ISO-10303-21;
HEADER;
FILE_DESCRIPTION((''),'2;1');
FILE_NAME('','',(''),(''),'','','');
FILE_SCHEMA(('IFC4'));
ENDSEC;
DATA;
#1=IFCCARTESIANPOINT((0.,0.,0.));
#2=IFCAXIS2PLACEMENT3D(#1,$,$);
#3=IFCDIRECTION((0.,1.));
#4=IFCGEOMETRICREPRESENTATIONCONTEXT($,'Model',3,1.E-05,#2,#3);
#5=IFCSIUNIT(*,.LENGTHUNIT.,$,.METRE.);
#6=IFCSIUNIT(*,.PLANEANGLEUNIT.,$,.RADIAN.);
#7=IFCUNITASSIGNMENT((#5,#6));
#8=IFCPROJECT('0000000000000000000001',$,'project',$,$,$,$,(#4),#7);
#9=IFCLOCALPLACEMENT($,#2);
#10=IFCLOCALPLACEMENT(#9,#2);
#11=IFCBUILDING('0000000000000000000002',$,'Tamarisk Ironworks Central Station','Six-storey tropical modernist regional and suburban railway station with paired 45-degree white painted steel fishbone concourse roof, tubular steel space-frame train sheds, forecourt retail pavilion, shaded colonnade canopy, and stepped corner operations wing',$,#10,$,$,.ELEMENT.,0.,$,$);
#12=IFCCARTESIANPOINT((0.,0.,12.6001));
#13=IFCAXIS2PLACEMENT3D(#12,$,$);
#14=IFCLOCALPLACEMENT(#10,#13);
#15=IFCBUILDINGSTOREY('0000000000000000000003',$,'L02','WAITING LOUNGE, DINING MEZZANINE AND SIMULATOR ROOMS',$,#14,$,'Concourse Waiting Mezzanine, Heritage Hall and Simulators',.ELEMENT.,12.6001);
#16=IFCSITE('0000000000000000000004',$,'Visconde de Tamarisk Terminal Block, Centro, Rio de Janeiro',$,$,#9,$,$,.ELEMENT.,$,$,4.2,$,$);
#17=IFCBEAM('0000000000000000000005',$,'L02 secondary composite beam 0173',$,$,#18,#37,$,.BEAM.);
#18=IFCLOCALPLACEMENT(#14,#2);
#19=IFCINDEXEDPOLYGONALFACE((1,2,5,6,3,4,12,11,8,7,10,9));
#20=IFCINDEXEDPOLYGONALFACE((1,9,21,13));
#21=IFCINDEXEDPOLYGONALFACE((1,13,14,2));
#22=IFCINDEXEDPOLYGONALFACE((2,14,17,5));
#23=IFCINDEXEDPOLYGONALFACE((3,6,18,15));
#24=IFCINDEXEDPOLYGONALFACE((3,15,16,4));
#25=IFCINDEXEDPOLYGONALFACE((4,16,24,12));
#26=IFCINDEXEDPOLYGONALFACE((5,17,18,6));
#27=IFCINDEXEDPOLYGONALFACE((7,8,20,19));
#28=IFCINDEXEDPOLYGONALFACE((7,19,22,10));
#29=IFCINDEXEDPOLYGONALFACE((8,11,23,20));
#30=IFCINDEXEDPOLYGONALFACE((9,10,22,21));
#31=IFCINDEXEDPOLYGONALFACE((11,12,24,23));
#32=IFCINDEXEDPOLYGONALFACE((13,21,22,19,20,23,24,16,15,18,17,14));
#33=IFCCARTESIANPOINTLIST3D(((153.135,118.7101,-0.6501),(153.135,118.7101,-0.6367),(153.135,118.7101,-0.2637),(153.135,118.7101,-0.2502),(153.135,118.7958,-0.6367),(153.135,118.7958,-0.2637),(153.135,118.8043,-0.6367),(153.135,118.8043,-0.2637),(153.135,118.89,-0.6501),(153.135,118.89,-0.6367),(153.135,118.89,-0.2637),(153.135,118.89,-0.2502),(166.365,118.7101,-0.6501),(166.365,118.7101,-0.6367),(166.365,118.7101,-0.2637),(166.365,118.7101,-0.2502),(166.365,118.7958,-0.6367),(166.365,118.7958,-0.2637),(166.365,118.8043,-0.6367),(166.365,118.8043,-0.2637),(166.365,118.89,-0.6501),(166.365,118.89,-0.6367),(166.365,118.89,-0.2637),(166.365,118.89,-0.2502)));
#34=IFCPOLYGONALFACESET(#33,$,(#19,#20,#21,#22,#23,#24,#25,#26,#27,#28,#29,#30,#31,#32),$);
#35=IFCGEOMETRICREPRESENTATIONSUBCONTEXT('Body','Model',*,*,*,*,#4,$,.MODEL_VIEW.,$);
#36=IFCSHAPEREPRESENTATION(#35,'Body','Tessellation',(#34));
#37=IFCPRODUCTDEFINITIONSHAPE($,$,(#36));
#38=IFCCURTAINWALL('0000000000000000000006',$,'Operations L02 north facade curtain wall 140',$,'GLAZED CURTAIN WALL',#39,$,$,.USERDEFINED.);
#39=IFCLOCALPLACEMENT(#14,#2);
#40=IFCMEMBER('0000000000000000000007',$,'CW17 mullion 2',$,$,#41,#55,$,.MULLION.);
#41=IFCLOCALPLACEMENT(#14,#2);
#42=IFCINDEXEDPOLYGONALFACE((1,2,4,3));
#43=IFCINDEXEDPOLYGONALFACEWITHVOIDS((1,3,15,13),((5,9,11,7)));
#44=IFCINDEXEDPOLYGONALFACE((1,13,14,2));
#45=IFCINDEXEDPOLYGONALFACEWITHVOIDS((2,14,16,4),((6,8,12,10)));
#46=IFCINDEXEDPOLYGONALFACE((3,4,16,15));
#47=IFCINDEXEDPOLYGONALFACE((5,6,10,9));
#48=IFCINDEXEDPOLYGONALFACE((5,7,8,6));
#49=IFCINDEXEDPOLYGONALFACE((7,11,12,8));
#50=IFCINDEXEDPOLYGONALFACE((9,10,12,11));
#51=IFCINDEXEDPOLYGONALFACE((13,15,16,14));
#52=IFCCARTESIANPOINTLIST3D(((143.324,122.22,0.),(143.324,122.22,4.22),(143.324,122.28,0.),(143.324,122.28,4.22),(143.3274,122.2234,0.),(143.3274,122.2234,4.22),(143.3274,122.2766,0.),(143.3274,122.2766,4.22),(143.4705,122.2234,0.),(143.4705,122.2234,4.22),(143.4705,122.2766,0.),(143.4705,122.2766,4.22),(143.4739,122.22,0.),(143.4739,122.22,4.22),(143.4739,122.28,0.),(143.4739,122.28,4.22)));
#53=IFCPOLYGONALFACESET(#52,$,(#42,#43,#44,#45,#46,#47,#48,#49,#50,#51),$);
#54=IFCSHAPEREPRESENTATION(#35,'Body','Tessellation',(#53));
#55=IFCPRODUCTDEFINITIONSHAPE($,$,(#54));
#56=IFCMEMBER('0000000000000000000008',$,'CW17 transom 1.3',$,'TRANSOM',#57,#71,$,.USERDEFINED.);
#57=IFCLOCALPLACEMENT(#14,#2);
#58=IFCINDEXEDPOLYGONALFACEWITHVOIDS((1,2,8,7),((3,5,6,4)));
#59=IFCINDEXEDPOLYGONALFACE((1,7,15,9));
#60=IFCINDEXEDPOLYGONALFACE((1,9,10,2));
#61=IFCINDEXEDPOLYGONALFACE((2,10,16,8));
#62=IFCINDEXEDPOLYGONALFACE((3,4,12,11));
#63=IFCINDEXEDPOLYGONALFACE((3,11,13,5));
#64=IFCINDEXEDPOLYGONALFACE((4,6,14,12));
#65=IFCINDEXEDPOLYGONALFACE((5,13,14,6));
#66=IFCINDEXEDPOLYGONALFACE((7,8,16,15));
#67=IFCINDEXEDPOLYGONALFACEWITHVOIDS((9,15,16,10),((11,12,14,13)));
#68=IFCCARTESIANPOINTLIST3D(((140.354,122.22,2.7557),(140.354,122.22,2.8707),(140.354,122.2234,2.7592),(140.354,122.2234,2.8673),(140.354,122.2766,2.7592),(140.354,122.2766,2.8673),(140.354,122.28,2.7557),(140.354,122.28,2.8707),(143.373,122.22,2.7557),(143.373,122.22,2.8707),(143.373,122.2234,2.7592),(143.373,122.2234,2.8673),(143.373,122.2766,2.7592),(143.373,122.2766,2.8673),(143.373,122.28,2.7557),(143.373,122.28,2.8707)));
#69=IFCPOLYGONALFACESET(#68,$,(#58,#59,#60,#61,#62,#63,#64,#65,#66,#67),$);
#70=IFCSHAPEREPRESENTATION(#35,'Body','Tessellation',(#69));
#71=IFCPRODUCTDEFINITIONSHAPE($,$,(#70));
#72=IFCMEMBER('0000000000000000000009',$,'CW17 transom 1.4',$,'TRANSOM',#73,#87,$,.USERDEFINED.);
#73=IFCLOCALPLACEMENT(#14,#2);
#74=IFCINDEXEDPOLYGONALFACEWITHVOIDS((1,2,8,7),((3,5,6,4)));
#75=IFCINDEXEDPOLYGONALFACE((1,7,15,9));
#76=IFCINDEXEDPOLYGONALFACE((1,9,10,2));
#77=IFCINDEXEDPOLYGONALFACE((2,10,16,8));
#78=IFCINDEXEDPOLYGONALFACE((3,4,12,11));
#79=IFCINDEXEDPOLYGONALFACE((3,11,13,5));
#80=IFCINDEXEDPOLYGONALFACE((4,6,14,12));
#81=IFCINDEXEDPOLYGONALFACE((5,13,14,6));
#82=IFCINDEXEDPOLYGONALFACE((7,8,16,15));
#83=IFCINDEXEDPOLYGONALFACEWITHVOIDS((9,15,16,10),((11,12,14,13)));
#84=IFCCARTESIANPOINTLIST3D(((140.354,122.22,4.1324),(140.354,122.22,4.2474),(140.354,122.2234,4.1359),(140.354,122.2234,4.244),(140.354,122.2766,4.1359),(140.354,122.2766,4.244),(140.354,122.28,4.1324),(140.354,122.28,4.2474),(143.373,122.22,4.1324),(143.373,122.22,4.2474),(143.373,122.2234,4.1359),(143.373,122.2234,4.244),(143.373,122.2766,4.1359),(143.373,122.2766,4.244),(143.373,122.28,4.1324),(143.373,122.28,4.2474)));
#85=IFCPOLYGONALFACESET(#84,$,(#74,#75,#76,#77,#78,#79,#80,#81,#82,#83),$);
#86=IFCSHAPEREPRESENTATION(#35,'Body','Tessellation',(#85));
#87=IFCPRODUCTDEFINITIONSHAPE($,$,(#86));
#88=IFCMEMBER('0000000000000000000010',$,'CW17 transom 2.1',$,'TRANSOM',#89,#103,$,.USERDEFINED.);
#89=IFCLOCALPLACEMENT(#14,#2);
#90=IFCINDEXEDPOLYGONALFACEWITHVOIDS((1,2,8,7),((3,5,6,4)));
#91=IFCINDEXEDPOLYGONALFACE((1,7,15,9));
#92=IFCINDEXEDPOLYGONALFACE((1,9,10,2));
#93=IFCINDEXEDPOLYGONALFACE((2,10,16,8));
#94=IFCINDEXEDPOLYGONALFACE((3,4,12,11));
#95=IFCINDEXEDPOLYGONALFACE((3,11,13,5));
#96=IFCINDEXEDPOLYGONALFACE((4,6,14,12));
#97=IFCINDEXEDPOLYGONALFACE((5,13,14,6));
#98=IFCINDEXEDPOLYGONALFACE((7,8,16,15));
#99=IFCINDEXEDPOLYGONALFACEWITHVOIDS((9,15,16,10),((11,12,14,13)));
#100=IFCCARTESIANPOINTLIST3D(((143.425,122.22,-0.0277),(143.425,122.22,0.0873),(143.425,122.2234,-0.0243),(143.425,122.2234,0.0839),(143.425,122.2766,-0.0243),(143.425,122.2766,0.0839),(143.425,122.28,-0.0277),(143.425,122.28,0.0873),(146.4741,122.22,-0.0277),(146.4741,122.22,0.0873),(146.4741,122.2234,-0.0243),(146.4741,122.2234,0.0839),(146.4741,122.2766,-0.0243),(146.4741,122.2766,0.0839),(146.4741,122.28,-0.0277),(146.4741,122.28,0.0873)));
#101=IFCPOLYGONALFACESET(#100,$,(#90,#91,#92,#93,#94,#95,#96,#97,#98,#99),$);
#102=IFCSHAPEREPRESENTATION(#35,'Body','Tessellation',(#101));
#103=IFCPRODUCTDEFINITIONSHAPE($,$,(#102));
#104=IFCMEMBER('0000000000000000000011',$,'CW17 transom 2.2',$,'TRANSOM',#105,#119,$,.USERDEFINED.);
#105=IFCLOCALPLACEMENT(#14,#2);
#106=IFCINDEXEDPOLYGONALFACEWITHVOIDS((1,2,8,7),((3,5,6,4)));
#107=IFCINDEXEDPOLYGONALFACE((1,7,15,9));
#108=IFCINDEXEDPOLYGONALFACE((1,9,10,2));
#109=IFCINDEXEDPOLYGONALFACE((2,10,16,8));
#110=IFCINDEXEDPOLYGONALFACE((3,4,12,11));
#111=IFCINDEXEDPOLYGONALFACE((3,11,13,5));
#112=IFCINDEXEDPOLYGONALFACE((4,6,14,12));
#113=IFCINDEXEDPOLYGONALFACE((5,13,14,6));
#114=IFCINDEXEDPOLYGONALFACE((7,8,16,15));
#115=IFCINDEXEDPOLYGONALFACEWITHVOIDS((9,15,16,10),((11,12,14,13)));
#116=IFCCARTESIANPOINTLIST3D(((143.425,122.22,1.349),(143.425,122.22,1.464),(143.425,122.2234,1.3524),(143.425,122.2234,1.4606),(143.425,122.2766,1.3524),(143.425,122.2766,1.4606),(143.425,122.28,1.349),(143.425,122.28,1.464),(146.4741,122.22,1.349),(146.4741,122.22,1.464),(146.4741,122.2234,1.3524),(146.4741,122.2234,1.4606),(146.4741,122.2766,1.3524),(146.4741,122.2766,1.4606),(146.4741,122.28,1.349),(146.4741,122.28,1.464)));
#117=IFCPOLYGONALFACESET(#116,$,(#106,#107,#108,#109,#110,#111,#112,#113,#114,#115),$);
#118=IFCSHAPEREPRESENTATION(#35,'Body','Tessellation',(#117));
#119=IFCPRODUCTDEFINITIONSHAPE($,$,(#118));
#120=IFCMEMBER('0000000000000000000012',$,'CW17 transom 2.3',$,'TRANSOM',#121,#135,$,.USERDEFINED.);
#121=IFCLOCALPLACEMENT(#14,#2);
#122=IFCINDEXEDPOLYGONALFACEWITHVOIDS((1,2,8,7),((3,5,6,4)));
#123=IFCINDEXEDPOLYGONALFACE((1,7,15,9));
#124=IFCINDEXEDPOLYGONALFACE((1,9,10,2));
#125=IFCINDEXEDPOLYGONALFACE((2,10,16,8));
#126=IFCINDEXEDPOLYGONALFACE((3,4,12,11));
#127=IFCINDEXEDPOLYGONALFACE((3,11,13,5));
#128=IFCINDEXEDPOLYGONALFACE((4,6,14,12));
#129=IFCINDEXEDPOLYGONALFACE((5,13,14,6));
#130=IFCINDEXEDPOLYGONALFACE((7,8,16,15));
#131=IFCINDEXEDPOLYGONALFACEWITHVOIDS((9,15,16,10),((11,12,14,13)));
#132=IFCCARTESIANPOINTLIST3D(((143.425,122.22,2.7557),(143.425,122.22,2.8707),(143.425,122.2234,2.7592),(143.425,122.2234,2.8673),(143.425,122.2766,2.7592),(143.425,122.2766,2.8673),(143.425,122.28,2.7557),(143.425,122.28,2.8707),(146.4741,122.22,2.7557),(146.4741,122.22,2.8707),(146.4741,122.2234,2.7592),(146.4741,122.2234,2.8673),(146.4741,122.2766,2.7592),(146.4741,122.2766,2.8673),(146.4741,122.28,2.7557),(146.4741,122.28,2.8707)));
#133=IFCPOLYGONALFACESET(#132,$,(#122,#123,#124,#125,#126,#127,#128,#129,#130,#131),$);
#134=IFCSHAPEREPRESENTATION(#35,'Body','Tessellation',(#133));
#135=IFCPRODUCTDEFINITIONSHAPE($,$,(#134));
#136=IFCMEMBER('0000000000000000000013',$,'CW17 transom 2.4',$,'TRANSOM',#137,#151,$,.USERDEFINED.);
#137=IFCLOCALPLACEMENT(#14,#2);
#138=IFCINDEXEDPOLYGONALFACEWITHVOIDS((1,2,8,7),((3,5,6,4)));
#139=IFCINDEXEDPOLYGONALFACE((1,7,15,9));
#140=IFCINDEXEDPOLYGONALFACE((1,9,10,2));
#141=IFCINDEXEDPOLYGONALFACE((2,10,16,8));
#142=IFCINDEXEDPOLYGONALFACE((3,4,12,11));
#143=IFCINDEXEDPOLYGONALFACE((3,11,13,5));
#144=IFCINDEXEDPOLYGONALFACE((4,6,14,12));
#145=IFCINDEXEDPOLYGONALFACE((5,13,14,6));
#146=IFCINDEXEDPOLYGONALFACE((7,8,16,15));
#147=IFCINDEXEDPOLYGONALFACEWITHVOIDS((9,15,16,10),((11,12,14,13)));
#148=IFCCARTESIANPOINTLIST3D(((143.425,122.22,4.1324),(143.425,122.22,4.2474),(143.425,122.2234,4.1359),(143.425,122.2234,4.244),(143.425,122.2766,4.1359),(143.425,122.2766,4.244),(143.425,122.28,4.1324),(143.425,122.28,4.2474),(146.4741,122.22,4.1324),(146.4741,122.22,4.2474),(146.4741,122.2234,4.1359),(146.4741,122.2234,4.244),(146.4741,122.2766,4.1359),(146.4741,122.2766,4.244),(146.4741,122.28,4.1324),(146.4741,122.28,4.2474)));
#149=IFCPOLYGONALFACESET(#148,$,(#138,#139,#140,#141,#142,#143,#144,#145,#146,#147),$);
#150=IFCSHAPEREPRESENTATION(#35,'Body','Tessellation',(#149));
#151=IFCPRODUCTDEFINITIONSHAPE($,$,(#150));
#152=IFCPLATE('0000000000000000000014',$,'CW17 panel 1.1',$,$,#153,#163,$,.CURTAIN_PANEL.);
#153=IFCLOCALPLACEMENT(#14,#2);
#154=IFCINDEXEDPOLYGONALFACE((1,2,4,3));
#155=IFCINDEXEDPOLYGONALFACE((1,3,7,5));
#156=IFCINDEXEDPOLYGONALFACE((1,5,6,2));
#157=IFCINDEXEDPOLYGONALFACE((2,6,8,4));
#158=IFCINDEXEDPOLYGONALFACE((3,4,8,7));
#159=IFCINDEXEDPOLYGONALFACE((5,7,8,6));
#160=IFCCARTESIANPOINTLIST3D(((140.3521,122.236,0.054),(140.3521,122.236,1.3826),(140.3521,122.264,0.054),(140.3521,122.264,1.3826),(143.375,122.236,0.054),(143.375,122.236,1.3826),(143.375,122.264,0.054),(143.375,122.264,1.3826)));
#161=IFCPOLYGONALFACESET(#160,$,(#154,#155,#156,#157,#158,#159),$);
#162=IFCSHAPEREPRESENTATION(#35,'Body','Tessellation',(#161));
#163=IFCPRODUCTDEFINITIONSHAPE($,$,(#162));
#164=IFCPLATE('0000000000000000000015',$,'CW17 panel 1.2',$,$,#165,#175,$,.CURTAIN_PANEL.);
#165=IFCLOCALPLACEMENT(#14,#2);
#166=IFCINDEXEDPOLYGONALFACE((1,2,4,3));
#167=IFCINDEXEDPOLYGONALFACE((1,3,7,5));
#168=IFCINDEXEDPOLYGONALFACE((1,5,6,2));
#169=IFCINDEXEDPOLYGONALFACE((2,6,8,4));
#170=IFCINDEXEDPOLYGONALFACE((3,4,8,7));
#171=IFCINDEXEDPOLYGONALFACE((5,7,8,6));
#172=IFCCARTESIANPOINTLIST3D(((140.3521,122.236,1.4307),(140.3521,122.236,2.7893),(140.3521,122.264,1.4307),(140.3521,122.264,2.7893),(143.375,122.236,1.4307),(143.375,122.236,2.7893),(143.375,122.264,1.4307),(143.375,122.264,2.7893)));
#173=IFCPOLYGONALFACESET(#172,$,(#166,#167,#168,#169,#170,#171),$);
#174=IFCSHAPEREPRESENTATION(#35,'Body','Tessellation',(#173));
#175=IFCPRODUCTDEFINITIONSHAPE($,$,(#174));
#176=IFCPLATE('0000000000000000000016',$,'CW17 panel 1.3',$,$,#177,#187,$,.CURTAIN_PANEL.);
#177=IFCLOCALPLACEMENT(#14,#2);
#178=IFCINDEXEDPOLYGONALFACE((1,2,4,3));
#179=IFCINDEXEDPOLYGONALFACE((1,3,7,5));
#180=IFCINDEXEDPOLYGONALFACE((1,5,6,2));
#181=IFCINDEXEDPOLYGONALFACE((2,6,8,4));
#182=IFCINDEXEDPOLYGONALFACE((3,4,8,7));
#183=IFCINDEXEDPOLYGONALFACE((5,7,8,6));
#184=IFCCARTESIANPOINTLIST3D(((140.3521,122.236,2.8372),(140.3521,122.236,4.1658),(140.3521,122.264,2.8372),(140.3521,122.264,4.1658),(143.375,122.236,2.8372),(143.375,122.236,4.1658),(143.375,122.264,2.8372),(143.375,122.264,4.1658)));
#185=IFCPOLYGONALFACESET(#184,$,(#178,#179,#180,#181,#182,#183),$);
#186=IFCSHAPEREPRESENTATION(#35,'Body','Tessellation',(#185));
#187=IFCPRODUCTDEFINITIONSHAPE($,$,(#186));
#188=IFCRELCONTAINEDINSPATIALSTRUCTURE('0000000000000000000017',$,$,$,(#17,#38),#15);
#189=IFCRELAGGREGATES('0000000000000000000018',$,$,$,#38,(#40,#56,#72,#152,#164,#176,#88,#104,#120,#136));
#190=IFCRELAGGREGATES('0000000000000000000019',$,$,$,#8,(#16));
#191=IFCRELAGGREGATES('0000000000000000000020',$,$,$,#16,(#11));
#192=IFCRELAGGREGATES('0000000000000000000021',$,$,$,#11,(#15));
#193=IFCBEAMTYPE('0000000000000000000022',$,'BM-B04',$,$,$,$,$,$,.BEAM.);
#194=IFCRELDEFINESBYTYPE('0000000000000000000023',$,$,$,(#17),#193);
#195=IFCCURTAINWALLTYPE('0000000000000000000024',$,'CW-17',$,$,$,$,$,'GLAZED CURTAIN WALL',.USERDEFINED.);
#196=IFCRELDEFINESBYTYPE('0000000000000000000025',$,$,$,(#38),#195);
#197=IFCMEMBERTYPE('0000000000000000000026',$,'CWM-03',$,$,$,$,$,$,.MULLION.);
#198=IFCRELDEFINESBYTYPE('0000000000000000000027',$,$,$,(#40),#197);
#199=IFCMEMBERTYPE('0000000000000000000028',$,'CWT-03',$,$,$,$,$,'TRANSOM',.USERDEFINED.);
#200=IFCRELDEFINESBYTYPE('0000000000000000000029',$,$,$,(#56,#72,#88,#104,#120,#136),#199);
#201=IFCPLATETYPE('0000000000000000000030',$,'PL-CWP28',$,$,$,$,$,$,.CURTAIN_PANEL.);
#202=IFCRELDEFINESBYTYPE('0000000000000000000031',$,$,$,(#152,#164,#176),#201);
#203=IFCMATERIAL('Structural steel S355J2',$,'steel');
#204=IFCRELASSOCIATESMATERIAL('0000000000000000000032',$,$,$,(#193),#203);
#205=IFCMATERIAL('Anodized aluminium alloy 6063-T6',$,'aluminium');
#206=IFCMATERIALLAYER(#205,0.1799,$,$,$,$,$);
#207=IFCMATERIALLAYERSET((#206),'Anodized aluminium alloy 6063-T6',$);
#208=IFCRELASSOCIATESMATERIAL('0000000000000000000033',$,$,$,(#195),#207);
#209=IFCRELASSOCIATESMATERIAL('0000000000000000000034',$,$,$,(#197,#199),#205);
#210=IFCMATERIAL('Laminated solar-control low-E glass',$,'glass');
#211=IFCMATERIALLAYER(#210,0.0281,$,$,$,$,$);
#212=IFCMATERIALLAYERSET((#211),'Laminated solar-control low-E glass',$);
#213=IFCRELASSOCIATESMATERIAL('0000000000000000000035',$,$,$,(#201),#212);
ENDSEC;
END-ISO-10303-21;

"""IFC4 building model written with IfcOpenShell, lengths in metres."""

from ifc_helpers import new_model, si_unit, direction, frame, origin, origin_2d, place, context, subcontext, project, spatial, rectangle, hollow_rectangle, i_section, extrude, material, layer, layer_set, material_profile, profile_set, type_object, element, aggregate, save


model = new_model("IFC4")

# Units and contexts
model_context = context("Model", 3, precision=1e-05, world=origin(), true_north=direction((0.0, 1.0)))
body_context = subcontext(model_context, "Body", "Model", "MODEL_VIEW")
ifc_project = project(units=[si_unit("LENGTHUNIT", "METRE"), si_unit("PLANEANGLEUNIT", "RADIAN")], contexts=[model_context])

# Site, building, storey
site_placement = place(None, origin())
site = spatial("IfcSite", under=ifc_project, at=site_placement, Name="Visconde de Tamarisk Terminal Block, Centro, Rio de Janeiro", CompositionType="ELEMENT", RefElevation=4.2)
building_placement = place(site_placement, origin())
building = spatial("IfcBuilding", under=site, at=building_placement, Name="Tamarisk Ironworks Central Station", Description="Six-storey tropical modernist regional and suburban railway station with paired 45-degree white painted steel fishbone concourse roof, tubular steel space-frame train sheds, forecourt retail pavilion, shaded colonnade canopy, and stepped corner operations wing", CompositionType="ELEMENT", ElevationOfRefHeight=0.0)
storey_placement = place(building_placement, frame((0.0, 0.0, 12.6001)))
storey = spatial("IfcBuildingStorey", under=building, at=storey_placement, Name="L02", Description="WAITING LOUNGE, DINING MEZZANINE AND SIMULATOR ROOMS", LongName="Concourse Waiting Mezzanine, Heritage Hall and Simulators", CompositionType="ELEMENT", Elevation=12.6001)

# Beam
ifc_material_1 = material(Name="Structural steel S355J2", Category="steel")
ifc_material_profile_1 = material_profile(ifc_material_1, i_section(OverallWidth=0.1799, OverallDepth=0.3999, WebThickness=0.0085, FlangeThickness=0.0134, at=origin_2d()), Name="IPE 400")
ifc_profile_set_1 = profile_set([ifc_material_profile_1], Name="Structural steel S355J2")
beam_type = type_object("IfcBeamType", Name="BM-B04", PredefinedType="BEAM", material=ifc_profile_set_1)
beam_placement = place(storey_placement, frame((153.135, 118.8, -0.4502), z_axis=(1.0, 0.0, 0.0), x_axis=(0.0, 1.0, 0.0)))
element("IfcBeam", 1, at=beam_placement, inside=storey, type_object=beam_type, Name="L02 secondary composite beam 0173", PredefinedType="BEAM", context=body_context, shape_type="SweptSolid", body=[
    extrude(i_section(OverallWidth=0.1799, OverallDepth=0.3999, WebThickness=0.0085, FlangeThickness=0.0134, at=origin_2d()), origin(), (0.0, 0.0, 1.0), 13.23),
])

# Curtain wall, members, plates
ifc_material_2 = material(Name="Anodized aluminium alloy 6063-T6", Category="aluminium")
ifc_layer_1 = layer(ifc_material_2, 0.1799)
ifc_layer_set_1 = layer_set([ifc_layer_1], Name="Anodized aluminium alloy 6063-T6")
curtain_wall_type = type_object("IfcCurtainWallType", Name="CW-17", ElementType="GLAZED CURTAIN WALL", PredefinedType="USERDEFINED", material=ifc_layer_set_1)
curtain_wall_placement = place(storey_placement, origin())
curtain_wall = element("IfcCurtainWall", 2, at=curtain_wall_placement, inside=storey, type_object=curtain_wall_type, Name="Operations L02 north facade curtain wall 140", ObjectType="GLAZED CURTAIN WALL", PredefinedType="USERDEFINED")
ifc_material_profile_2 = material_profile(ifc_material_2, hollow_rectangle(XDim=0.0601, YDim=0.1499, WallThickness=0.0034, at=origin_2d()), Name="ALUM 150x60")
ifc_profile_set_2 = profile_set([ifc_material_profile_2], Name="Anodized aluminium alloy 6063-T6")
member_type_1 = type_object("IfcMemberType", Name="CWM-03", PredefinedType="MULLION", material=ifc_profile_set_2)
member_1_placement = place(storey_placement, frame((143.3989, 122.25, 0.0), z_axis=(0.0, 0.0, 1.0), x_axis=(0.0, 1.0, 0.0)))
member_1 = element("IfcMember", 3, at=member_1_placement, type_object=member_type_1, Name="CW17 mullion 2", PredefinedType="MULLION", context=body_context, shape_type="SweptSolid", body=[
    extrude(hollow_rectangle(XDim=0.0601, YDim=0.1499, WallThickness=0.0034, at=origin_2d()), origin(), (0.0, 0.0, 1.0), 4.22),
])
ifc_material_profile_3 = material_profile(ifc_material_2, hollow_rectangle(XDim=0.0601, YDim=0.115, WallThickness=0.0034, at=origin_2d()), Name="ALUM 115x60")
ifc_profile_set_3 = profile_set([ifc_material_profile_3], Name="Anodized aluminium alloy 6063-T6")
member_type_2 = type_object("IfcMemberType", Name="CWT-03", ElementType="TRANSOM", PredefinedType="USERDEFINED", material=ifc_profile_set_3)
member_2_placement = place(storey_placement, frame((140.354, 122.25, 2.8132), z_axis=(1.0, 0.0, 0.0), x_axis=(0.0, 1.0, 0.0)))
member_2 = element("IfcMember", 4, at=member_2_placement, type_object=member_type_2, Name="CW17 transom 1.3", ObjectType="TRANSOM", PredefinedType="USERDEFINED", context=body_context, shape_type="SweptSolid", body=[
    extrude(hollow_rectangle(XDim=0.0601, YDim=0.115, WallThickness=0.0034, at=origin_2d()), origin(), (0.0, 0.0, 1.0), 3.019),
])
member_3_placement = place(storey_placement, frame((140.354, 122.25, 4.1899), z_axis=(1.0, 0.0, 0.0), x_axis=(0.0, 1.0, 0.0)))
member_3 = element("IfcMember", 5, at=member_3_placement, type_object=member_type_2, Name="CW17 transom 1.4", ObjectType="TRANSOM", PredefinedType="USERDEFINED", context=body_context, shape_type="SweptSolid", body=[
    extrude(hollow_rectangle(XDim=0.0601, YDim=0.115, WallThickness=0.0034, at=origin_2d()), origin(), (0.0, 0.0, 1.0), 3.019),
])
member_4_placement = place(storey_placement, frame((143.425, 122.25, 0.0298), z_axis=(1.0, 0.0, 0.0), x_axis=(0.0, 1.0, 0.0)))
member_4 = element("IfcMember", 6, at=member_4_placement, type_object=member_type_2, Name="CW17 transom 2.1", ObjectType="TRANSOM", PredefinedType="USERDEFINED", context=body_context, shape_type="SweptSolid", body=[
    extrude(hollow_rectangle(XDim=0.0601, YDim=0.115, WallThickness=0.0034, at=origin_2d()), origin(), (0.0, 0.0, 1.0), 3.0491),
])
member_5_placement = place(storey_placement, frame((143.425, 122.25, 1.4065), z_axis=(1.0, 0.0, 0.0), x_axis=(0.0, 1.0, 0.0)))
member_5 = element("IfcMember", 7, at=member_5_placement, type_object=member_type_2, Name="CW17 transom 2.2", ObjectType="TRANSOM", PredefinedType="USERDEFINED", context=body_context, shape_type="SweptSolid", body=[
    extrude(hollow_rectangle(XDim=0.0601, YDim=0.115, WallThickness=0.0034, at=origin_2d()), origin(), (0.0, 0.0, 1.0), 3.0491),
])
member_6_placement = place(storey_placement, frame((143.425, 122.25, 2.8132), z_axis=(1.0, 0.0, 0.0), x_axis=(0.0, 1.0, 0.0)))
member_6 = element("IfcMember", 8, at=member_6_placement, type_object=member_type_2, Name="CW17 transom 2.3", ObjectType="TRANSOM", PredefinedType="USERDEFINED", context=body_context, shape_type="SweptSolid", body=[
    extrude(hollow_rectangle(XDim=0.0601, YDim=0.115, WallThickness=0.0034, at=origin_2d()), origin(), (0.0, 0.0, 1.0), 3.0491),
])
member_7_placement = place(storey_placement, frame((143.425, 122.25, 4.1899), z_axis=(1.0, 0.0, 0.0), x_axis=(0.0, 1.0, 0.0)))
member_7 = element("IfcMember", 9, at=member_7_placement, type_object=member_type_2, Name="CW17 transom 2.4", ObjectType="TRANSOM", PredefinedType="USERDEFINED", context=body_context, shape_type="SweptSolid", body=[
    extrude(hollow_rectangle(XDim=0.0601, YDim=0.115, WallThickness=0.0034, at=origin_2d()), origin(), (0.0, 0.0, 1.0), 3.0491),
])
ifc_material_3 = material(Name="Laminated solar-control low-E glass", Category="glass")
ifc_layer_2 = layer(ifc_material_3, 0.0281)
ifc_layer_set_2 = layer_set([ifc_layer_2], Name="Laminated solar-control low-E glass")
plate_type = type_object("IfcPlateType", Name="PL-CWP28", PredefinedType="CURTAIN_PANEL", material=ifc_layer_set_2)
plate_1_placement = place(storey_placement, frame((141.8635, 122.25, 0.054), z_axis=(0.0, 0.0, 1.0), x_axis=(1.0, 0.0, 0.0)))
plate_1 = element("IfcPlate", 10, at=plate_1_placement, type_object=plate_type, Name="CW17 panel 1.1", PredefinedType="CURTAIN_PANEL", context=body_context, shape_type="SweptSolid", body=[
    extrude(rectangle(XDim=3.0229, YDim=0.0281, at=origin_2d()), origin(), (0.0, 0.0, 1.0), 1.3286),
])
plate_2_placement = place(storey_placement, frame((141.8635, 122.25, 1.4307), z_axis=(0.0, 0.0, 1.0), x_axis=(1.0, 0.0, 0.0)))
plate_2 = element("IfcPlate", 11, at=plate_2_placement, type_object=plate_type, Name="CW17 panel 1.2", PredefinedType="CURTAIN_PANEL", context=body_context, shape_type="SweptSolid", body=[
    extrude(rectangle(XDim=3.0229, YDim=0.0281, at=origin_2d()), origin(), (0.0, 0.0, 1.0), 1.3586),
])
plate_3_placement = place(storey_placement, frame((141.8635, 122.25, 2.8372), z_axis=(0.0, 0.0, 1.0), x_axis=(1.0, 0.0, 0.0)))
plate_3 = element("IfcPlate", 12, at=plate_3_placement, type_object=plate_type, Name="CW17 panel 1.3", PredefinedType="CURTAIN_PANEL", context=body_context, shape_type="SweptSolid", body=[
    extrude(rectangle(XDim=3.0229, YDim=0.0281, at=origin_2d()), origin(), (0.0, 0.0, 1.0), 1.3286),
])
aggregate(curtain_wall, [member_1, member_2, member_3, plate_1, plate_2, plate_3, member_4, member_5, member_6, member_7])

save(model, "model.ifc")
